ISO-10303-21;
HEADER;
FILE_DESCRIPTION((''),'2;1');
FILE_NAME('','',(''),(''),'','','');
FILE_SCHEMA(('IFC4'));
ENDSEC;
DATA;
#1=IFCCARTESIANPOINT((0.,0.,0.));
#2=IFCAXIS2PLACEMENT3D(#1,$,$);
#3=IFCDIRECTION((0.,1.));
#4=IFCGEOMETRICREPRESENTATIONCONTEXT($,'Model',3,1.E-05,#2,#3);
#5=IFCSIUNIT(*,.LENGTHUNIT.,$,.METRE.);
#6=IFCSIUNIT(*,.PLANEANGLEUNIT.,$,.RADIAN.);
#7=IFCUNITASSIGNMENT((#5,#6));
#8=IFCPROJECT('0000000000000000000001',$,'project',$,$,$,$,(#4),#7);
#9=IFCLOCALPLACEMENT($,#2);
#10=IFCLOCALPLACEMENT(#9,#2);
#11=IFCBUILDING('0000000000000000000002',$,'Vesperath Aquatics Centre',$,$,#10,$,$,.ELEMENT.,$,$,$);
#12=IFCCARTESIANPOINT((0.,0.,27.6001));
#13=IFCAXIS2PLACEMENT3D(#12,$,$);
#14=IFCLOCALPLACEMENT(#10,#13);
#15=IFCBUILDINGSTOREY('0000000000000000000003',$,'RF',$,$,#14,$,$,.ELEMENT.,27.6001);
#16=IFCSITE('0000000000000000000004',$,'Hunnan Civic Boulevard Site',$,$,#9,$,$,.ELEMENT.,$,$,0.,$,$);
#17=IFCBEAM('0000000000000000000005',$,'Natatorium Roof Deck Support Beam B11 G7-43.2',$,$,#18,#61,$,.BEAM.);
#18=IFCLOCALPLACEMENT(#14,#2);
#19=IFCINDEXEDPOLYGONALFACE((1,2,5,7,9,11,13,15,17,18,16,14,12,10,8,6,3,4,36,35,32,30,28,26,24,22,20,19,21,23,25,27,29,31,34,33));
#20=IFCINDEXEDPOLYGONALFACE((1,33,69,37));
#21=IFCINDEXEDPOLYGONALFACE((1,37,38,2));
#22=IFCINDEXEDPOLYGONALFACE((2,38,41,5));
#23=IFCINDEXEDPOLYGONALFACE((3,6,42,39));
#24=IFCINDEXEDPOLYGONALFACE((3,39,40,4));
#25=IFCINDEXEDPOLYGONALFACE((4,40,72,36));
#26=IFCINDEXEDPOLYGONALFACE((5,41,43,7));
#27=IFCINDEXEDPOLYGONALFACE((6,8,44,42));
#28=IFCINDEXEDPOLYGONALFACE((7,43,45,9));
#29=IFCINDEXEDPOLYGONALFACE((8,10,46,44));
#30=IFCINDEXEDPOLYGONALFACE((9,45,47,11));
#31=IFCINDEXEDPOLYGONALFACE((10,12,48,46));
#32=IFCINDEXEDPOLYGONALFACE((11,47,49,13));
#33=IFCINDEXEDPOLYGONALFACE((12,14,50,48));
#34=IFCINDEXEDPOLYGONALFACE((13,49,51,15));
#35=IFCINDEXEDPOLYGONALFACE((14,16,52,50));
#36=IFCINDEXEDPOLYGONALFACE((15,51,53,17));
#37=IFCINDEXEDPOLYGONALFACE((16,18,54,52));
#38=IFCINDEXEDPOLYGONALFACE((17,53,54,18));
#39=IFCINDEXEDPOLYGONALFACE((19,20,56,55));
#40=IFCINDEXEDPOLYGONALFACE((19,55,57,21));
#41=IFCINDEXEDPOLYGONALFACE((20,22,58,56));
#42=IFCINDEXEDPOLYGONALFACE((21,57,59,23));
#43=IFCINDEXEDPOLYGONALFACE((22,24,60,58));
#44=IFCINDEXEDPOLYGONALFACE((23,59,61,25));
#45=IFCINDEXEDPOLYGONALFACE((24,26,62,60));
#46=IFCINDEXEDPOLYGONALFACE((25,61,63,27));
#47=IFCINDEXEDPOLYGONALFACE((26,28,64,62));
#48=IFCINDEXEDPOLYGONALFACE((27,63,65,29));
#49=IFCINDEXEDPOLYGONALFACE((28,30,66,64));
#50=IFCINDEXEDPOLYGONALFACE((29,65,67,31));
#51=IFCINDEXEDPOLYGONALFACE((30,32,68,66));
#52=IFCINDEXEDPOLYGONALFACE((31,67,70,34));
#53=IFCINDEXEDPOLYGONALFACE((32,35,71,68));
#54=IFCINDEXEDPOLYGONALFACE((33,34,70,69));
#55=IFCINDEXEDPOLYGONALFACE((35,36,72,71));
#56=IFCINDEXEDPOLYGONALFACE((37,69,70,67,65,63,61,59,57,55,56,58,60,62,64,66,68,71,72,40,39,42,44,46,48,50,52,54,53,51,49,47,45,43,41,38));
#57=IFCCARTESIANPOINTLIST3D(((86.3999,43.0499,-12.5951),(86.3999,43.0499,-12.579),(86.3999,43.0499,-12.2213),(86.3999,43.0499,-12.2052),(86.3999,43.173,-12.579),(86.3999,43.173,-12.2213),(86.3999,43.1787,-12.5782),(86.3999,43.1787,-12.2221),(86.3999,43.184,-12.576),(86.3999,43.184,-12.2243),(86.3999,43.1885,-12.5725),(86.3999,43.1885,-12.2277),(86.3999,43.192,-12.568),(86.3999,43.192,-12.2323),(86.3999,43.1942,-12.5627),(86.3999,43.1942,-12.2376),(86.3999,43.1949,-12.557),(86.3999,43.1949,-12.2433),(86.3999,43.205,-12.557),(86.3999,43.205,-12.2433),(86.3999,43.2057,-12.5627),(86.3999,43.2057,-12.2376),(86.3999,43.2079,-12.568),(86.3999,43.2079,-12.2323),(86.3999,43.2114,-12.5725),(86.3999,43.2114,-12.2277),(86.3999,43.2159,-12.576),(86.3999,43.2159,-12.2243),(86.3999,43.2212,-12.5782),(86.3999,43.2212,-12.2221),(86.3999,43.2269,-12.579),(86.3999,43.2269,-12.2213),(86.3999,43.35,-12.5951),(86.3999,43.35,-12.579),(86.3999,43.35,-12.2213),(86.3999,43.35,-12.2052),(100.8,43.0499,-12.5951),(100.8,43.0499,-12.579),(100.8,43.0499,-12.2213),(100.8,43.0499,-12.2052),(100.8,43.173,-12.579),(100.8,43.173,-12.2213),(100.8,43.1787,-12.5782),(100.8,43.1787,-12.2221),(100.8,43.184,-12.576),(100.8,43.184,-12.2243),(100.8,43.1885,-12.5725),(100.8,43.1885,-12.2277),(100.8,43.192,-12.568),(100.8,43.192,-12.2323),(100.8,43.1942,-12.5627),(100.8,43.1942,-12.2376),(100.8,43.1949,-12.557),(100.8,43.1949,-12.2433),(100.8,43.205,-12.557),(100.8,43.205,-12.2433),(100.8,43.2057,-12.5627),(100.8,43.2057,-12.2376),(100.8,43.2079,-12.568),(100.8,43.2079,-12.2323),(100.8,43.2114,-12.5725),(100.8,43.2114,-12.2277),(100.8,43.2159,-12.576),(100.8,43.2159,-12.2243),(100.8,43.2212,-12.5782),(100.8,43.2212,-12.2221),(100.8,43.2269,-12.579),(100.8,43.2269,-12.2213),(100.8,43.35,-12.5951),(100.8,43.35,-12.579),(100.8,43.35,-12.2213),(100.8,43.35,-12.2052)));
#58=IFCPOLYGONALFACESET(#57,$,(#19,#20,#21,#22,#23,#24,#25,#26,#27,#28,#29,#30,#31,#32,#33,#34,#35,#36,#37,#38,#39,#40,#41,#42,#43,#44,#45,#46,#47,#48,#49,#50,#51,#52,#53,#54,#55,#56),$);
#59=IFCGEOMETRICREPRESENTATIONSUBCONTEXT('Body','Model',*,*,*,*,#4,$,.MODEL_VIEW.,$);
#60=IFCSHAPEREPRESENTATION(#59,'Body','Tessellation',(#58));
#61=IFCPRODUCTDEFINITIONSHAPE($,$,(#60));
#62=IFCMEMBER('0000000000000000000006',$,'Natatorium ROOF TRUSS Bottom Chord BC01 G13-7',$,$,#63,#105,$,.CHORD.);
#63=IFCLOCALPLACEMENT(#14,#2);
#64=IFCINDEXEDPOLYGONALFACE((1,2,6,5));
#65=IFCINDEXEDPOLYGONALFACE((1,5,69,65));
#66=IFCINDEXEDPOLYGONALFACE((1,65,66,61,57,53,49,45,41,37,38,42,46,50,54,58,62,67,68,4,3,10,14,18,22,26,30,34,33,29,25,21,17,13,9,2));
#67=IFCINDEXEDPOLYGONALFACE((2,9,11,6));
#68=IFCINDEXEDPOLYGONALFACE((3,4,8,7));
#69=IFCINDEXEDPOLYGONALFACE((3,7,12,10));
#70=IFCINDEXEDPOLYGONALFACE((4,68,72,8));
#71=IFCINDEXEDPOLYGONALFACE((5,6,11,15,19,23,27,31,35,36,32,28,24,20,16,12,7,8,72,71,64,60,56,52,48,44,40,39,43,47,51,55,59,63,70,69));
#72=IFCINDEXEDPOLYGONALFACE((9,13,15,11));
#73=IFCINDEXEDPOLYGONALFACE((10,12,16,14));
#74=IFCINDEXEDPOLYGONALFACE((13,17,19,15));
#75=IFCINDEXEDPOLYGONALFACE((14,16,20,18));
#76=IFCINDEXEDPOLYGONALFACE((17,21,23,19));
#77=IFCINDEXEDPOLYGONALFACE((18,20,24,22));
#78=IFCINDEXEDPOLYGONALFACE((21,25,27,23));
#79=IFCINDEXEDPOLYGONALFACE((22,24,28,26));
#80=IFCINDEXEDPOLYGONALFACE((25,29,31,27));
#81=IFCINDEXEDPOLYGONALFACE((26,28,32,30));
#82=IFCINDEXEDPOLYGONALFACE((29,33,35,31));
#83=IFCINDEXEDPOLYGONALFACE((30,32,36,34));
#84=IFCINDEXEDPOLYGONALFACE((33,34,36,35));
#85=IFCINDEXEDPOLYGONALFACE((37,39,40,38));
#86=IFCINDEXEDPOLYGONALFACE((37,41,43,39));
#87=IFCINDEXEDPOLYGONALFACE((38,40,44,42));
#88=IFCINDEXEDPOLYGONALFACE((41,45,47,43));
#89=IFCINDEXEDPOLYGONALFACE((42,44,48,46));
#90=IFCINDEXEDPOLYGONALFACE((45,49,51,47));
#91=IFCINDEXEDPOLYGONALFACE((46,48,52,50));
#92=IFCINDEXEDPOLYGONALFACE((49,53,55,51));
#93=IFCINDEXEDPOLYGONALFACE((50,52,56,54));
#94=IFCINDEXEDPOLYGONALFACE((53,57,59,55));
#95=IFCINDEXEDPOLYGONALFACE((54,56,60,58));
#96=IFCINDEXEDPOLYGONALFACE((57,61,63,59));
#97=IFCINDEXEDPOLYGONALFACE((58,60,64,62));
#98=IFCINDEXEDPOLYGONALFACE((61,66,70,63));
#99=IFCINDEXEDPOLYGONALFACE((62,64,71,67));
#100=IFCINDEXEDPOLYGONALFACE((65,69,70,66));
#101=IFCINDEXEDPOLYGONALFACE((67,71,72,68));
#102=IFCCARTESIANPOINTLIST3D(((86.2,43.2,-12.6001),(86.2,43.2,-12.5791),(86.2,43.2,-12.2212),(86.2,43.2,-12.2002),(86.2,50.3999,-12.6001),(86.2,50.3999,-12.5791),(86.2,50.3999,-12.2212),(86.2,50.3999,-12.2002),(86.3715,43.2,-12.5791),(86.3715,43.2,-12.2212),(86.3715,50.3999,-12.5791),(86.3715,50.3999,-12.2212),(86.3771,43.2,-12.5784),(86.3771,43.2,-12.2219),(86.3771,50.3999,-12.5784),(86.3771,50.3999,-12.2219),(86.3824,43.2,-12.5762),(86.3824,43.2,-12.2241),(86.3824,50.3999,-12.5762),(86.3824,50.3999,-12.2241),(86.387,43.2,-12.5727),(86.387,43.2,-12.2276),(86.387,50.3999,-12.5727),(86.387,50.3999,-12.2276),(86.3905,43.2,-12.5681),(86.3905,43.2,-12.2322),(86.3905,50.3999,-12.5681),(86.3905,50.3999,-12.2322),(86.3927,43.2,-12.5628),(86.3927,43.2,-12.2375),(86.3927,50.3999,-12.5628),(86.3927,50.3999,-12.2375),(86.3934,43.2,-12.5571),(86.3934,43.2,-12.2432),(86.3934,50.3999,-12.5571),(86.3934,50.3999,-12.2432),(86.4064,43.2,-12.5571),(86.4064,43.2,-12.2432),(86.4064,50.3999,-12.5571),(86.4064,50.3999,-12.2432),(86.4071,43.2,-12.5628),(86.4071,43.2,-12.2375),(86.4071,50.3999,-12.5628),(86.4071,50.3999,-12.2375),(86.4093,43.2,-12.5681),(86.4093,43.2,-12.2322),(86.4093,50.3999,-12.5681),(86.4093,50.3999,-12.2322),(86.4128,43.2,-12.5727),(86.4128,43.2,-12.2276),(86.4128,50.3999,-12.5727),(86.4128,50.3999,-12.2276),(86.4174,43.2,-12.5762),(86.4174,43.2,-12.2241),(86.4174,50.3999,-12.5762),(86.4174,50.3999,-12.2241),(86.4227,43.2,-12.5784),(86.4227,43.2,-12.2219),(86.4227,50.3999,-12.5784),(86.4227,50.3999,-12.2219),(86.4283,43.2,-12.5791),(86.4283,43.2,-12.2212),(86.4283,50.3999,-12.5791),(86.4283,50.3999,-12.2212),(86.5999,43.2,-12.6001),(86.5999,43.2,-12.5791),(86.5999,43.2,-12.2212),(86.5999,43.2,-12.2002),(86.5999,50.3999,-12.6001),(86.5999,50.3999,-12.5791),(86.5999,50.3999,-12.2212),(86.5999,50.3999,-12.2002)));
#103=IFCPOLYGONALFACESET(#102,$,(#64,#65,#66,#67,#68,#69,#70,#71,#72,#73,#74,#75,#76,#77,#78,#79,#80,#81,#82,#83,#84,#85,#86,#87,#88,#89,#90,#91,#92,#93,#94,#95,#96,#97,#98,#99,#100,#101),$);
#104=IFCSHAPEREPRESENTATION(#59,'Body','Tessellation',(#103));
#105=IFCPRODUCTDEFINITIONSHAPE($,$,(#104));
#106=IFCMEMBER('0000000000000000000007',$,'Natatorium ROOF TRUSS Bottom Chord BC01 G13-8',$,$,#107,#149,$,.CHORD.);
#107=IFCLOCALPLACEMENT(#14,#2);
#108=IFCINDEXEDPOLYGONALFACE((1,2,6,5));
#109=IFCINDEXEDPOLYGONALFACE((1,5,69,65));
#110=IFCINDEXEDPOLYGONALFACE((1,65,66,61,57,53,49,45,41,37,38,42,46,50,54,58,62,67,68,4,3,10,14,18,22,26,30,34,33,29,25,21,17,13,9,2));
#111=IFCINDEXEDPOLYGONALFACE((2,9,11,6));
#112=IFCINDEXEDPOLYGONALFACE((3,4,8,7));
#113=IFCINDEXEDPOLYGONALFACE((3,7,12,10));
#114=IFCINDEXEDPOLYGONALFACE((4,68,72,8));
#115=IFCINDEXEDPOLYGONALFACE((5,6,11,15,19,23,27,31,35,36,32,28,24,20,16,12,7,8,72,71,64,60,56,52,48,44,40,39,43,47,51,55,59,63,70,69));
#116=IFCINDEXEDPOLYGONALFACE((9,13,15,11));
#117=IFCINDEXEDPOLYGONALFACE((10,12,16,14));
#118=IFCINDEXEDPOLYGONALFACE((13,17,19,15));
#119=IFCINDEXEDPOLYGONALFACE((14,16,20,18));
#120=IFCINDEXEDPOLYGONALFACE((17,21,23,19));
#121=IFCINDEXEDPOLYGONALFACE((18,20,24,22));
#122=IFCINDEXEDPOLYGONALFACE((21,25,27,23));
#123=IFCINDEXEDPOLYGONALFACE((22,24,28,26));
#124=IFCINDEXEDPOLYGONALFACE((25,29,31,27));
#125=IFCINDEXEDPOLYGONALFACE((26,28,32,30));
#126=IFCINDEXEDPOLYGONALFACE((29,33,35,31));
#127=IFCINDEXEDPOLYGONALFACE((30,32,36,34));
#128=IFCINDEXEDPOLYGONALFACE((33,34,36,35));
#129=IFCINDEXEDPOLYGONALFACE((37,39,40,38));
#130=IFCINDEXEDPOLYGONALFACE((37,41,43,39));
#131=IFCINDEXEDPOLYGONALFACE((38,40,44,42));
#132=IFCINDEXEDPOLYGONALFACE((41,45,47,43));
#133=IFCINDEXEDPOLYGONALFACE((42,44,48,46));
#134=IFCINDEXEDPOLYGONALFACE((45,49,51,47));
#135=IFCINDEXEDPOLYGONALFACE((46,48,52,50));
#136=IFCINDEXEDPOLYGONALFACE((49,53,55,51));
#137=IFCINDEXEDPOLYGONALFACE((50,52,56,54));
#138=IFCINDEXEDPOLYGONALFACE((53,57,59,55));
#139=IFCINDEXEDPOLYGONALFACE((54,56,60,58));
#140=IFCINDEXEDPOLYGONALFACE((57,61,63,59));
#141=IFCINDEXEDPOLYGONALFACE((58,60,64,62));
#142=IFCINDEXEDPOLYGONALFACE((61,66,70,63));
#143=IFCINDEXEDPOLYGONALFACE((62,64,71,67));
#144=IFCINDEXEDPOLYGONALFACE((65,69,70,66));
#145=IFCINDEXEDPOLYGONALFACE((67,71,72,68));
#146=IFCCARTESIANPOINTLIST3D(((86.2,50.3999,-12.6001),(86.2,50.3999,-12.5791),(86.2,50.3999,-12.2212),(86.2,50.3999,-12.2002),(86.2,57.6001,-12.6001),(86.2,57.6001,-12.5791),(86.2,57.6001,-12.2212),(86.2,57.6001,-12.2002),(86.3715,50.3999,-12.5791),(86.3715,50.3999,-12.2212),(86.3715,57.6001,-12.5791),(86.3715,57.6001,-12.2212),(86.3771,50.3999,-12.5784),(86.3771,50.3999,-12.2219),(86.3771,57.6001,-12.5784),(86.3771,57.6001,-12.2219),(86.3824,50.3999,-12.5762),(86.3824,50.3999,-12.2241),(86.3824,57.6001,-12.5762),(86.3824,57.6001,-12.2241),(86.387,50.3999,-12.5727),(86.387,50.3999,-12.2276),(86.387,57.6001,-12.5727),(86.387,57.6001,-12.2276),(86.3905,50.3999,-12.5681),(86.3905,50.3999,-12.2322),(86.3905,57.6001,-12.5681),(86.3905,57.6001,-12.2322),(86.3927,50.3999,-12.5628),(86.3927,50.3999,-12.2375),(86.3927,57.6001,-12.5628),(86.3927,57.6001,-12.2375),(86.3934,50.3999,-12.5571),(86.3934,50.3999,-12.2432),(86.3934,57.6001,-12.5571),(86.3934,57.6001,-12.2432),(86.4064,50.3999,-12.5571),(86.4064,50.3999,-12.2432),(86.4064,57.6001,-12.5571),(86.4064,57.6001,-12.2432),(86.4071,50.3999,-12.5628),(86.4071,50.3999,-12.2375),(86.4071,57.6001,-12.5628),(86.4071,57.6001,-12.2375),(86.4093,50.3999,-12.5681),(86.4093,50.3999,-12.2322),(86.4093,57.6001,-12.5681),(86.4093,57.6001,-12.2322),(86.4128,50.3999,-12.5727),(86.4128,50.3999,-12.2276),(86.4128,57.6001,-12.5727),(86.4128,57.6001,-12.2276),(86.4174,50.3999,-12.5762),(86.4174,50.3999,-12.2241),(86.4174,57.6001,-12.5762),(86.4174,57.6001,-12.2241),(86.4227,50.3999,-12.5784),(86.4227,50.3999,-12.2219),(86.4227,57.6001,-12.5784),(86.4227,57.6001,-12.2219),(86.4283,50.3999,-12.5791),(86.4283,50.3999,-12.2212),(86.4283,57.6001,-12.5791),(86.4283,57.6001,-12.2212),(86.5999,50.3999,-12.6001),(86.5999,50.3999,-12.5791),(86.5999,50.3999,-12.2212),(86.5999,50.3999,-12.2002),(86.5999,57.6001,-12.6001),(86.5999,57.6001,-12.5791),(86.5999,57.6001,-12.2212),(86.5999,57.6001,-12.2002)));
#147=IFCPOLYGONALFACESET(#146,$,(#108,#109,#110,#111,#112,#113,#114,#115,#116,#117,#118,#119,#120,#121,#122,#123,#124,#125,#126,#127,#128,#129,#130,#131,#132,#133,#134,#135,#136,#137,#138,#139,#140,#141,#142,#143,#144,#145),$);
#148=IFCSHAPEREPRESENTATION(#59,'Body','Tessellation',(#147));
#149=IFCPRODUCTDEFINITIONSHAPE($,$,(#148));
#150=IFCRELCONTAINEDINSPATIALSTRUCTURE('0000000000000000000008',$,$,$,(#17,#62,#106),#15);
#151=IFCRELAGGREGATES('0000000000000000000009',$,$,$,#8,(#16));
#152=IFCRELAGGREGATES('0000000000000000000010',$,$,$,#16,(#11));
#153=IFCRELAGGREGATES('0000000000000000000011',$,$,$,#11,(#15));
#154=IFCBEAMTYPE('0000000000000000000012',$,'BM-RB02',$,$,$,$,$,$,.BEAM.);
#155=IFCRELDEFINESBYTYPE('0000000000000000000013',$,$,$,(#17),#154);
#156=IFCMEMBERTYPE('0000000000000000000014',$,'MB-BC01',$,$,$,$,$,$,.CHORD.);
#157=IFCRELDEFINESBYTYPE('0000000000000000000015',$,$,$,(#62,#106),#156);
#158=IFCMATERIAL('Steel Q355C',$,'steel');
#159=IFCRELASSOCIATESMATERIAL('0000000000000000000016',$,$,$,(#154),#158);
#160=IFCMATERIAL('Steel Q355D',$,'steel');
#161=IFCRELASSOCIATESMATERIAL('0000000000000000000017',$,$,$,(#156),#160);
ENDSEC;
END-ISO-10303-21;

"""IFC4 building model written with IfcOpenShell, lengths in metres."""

from ifc_helpers import new_model, si_unit, direction, frame, origin, origin_2d, place, context, subcontext, project, spatial, i_section, extrude, material, material_profile, profile_set, type_object, element, save


model = new_model("IFC4")

# Units and contexts
model_context = context("Model", 3, precision=1e-05, world=origin(), true_north=direction((0.0, 1.0)))
body_context = subcontext(model_context, "Body", "Model", "MODEL_VIEW")
ifc_project = project(units=[si_unit("LENGTHUNIT", "METRE"), si_unit("PLANEANGLEUNIT", "RADIAN")], contexts=[model_context])

# Site, building, storey
site_placement = place(None, origin())
site = spatial("IfcSite", under=ifc_project, at=site_placement, Name="Hunnan Civic Boulevard Site", CompositionType="ELEMENT", RefElevation=0.0)
building_placement = place(site_placement, origin())
building = spatial("IfcBuilding", under=site, at=building_placement, Name="Vesperath Aquatics Centre", CompositionType="ELEMENT")
storey_placement = place(building_placement, frame((0.0, 0.0, 27.6001)))
storey = spatial("IfcBuildingStorey", under=building, at=storey_placement, Name="RF", CompositionType="ELEMENT", Elevation=27.6001)

# Beam
ifc_material_1 = material(Name="Steel Q355C", Category="steel")
ifc_material_profile_1 = material_profile(ifc_material_1, i_section(OverallWidth=0.3, OverallDepth=0.3899, WebThickness=0.01, FlangeThickness=0.0161, FilletRadius=0.022, at=origin_2d()), Name="HM 390x300x10x16")
ifc_profile_set_1 = profile_set([ifc_material_profile_1], Name="Steel Q355C")
beam_type = type_object("IfcBeamType", Name="BM-RB02", PredefinedType="BEAM", material=ifc_profile_set_1)
beam_placement = place(storey_placement, frame((86.3999, 43.2, -12.4001), z_axis=(1.0, 0.0, 0.0), x_axis=(0.0, 1.0, 0.0)))
element("IfcBeam", 1, at=beam_placement, inside=storey, type_object=beam_type, Name="Natatorium Roof Deck Support Beam B11 G7-43.2", PredefinedType="BEAM", context=body_context, shape_type="SweptSolid", body=[
    extrude(i_section(OverallWidth=0.3, OverallDepth=0.3899, WebThickness=0.01, FlangeThickness=0.0161, FilletRadius=0.022, at=origin_2d()), origin(), (0.0, 0.0, 1.0), 14.4001),
])

# Members
ifc_material_2 = material(Name="Steel Q355D", Category="steel")
ifc_material_profile_2 = material_profile(ifc_material_2, i_section(OverallWidth=0.3999, OverallDepth=0.3999, WebThickness=0.0129, FlangeThickness=0.021, FilletRadius=0.022, at=origin_2d()), Name="HW 400x400x13x21")
ifc_profile_set_2 = profile_set([ifc_material_profile_2], Name="Steel Q355D")
member_type_1 = type_object("IfcMemberType", Name="MB-BC01", PredefinedType="CHORD", material=ifc_profile_set_2)
member_1_placement = place(storey_placement, frame((86.3999, 43.2, -12.4001), z_axis=(0.0, 1.0, 0.0), x_axis=(-1.0, 0.0, 0.0)))
element("IfcMember", 2, at=member_1_placement, inside=storey, type_object=member_type_1, Name="Natatorium ROOF TRUSS Bottom Chord BC01 G13-7", PredefinedType="CHORD", context=body_context, shape_type="SweptSolid", body=[
    extrude(i_section(OverallWidth=0.3999, OverallDepth=0.3999, WebThickness=0.0129, FlangeThickness=0.021, FilletRadius=0.022, at=origin_2d()), origin(), (0.0, 0.0, 1.0), 7.2),
])
member_2_placement = place(storey_placement, frame((86.3999, 50.3999, -12.4001), z_axis=(0.0, 1.0, 0.0), x_axis=(-1.0, 0.0, 0.0)))
element("IfcMember", 3, at=member_2_placement, inside=storey, type_object=member_type_1, Name="Natatorium ROOF TRUSS Bottom Chord BC01 G13-8", PredefinedType="CHORD", context=body_context, shape_type="SweptSolid", body=[
    extrude(i_section(OverallWidth=0.3999, OverallDepth=0.3999, WebThickness=0.0129, FlangeThickness=0.021, FilletRadius=0.022, at=origin_2d()), origin(), (0.0, 0.0, 1.0), 7.2002),
])

save(model, "model.ifc")
